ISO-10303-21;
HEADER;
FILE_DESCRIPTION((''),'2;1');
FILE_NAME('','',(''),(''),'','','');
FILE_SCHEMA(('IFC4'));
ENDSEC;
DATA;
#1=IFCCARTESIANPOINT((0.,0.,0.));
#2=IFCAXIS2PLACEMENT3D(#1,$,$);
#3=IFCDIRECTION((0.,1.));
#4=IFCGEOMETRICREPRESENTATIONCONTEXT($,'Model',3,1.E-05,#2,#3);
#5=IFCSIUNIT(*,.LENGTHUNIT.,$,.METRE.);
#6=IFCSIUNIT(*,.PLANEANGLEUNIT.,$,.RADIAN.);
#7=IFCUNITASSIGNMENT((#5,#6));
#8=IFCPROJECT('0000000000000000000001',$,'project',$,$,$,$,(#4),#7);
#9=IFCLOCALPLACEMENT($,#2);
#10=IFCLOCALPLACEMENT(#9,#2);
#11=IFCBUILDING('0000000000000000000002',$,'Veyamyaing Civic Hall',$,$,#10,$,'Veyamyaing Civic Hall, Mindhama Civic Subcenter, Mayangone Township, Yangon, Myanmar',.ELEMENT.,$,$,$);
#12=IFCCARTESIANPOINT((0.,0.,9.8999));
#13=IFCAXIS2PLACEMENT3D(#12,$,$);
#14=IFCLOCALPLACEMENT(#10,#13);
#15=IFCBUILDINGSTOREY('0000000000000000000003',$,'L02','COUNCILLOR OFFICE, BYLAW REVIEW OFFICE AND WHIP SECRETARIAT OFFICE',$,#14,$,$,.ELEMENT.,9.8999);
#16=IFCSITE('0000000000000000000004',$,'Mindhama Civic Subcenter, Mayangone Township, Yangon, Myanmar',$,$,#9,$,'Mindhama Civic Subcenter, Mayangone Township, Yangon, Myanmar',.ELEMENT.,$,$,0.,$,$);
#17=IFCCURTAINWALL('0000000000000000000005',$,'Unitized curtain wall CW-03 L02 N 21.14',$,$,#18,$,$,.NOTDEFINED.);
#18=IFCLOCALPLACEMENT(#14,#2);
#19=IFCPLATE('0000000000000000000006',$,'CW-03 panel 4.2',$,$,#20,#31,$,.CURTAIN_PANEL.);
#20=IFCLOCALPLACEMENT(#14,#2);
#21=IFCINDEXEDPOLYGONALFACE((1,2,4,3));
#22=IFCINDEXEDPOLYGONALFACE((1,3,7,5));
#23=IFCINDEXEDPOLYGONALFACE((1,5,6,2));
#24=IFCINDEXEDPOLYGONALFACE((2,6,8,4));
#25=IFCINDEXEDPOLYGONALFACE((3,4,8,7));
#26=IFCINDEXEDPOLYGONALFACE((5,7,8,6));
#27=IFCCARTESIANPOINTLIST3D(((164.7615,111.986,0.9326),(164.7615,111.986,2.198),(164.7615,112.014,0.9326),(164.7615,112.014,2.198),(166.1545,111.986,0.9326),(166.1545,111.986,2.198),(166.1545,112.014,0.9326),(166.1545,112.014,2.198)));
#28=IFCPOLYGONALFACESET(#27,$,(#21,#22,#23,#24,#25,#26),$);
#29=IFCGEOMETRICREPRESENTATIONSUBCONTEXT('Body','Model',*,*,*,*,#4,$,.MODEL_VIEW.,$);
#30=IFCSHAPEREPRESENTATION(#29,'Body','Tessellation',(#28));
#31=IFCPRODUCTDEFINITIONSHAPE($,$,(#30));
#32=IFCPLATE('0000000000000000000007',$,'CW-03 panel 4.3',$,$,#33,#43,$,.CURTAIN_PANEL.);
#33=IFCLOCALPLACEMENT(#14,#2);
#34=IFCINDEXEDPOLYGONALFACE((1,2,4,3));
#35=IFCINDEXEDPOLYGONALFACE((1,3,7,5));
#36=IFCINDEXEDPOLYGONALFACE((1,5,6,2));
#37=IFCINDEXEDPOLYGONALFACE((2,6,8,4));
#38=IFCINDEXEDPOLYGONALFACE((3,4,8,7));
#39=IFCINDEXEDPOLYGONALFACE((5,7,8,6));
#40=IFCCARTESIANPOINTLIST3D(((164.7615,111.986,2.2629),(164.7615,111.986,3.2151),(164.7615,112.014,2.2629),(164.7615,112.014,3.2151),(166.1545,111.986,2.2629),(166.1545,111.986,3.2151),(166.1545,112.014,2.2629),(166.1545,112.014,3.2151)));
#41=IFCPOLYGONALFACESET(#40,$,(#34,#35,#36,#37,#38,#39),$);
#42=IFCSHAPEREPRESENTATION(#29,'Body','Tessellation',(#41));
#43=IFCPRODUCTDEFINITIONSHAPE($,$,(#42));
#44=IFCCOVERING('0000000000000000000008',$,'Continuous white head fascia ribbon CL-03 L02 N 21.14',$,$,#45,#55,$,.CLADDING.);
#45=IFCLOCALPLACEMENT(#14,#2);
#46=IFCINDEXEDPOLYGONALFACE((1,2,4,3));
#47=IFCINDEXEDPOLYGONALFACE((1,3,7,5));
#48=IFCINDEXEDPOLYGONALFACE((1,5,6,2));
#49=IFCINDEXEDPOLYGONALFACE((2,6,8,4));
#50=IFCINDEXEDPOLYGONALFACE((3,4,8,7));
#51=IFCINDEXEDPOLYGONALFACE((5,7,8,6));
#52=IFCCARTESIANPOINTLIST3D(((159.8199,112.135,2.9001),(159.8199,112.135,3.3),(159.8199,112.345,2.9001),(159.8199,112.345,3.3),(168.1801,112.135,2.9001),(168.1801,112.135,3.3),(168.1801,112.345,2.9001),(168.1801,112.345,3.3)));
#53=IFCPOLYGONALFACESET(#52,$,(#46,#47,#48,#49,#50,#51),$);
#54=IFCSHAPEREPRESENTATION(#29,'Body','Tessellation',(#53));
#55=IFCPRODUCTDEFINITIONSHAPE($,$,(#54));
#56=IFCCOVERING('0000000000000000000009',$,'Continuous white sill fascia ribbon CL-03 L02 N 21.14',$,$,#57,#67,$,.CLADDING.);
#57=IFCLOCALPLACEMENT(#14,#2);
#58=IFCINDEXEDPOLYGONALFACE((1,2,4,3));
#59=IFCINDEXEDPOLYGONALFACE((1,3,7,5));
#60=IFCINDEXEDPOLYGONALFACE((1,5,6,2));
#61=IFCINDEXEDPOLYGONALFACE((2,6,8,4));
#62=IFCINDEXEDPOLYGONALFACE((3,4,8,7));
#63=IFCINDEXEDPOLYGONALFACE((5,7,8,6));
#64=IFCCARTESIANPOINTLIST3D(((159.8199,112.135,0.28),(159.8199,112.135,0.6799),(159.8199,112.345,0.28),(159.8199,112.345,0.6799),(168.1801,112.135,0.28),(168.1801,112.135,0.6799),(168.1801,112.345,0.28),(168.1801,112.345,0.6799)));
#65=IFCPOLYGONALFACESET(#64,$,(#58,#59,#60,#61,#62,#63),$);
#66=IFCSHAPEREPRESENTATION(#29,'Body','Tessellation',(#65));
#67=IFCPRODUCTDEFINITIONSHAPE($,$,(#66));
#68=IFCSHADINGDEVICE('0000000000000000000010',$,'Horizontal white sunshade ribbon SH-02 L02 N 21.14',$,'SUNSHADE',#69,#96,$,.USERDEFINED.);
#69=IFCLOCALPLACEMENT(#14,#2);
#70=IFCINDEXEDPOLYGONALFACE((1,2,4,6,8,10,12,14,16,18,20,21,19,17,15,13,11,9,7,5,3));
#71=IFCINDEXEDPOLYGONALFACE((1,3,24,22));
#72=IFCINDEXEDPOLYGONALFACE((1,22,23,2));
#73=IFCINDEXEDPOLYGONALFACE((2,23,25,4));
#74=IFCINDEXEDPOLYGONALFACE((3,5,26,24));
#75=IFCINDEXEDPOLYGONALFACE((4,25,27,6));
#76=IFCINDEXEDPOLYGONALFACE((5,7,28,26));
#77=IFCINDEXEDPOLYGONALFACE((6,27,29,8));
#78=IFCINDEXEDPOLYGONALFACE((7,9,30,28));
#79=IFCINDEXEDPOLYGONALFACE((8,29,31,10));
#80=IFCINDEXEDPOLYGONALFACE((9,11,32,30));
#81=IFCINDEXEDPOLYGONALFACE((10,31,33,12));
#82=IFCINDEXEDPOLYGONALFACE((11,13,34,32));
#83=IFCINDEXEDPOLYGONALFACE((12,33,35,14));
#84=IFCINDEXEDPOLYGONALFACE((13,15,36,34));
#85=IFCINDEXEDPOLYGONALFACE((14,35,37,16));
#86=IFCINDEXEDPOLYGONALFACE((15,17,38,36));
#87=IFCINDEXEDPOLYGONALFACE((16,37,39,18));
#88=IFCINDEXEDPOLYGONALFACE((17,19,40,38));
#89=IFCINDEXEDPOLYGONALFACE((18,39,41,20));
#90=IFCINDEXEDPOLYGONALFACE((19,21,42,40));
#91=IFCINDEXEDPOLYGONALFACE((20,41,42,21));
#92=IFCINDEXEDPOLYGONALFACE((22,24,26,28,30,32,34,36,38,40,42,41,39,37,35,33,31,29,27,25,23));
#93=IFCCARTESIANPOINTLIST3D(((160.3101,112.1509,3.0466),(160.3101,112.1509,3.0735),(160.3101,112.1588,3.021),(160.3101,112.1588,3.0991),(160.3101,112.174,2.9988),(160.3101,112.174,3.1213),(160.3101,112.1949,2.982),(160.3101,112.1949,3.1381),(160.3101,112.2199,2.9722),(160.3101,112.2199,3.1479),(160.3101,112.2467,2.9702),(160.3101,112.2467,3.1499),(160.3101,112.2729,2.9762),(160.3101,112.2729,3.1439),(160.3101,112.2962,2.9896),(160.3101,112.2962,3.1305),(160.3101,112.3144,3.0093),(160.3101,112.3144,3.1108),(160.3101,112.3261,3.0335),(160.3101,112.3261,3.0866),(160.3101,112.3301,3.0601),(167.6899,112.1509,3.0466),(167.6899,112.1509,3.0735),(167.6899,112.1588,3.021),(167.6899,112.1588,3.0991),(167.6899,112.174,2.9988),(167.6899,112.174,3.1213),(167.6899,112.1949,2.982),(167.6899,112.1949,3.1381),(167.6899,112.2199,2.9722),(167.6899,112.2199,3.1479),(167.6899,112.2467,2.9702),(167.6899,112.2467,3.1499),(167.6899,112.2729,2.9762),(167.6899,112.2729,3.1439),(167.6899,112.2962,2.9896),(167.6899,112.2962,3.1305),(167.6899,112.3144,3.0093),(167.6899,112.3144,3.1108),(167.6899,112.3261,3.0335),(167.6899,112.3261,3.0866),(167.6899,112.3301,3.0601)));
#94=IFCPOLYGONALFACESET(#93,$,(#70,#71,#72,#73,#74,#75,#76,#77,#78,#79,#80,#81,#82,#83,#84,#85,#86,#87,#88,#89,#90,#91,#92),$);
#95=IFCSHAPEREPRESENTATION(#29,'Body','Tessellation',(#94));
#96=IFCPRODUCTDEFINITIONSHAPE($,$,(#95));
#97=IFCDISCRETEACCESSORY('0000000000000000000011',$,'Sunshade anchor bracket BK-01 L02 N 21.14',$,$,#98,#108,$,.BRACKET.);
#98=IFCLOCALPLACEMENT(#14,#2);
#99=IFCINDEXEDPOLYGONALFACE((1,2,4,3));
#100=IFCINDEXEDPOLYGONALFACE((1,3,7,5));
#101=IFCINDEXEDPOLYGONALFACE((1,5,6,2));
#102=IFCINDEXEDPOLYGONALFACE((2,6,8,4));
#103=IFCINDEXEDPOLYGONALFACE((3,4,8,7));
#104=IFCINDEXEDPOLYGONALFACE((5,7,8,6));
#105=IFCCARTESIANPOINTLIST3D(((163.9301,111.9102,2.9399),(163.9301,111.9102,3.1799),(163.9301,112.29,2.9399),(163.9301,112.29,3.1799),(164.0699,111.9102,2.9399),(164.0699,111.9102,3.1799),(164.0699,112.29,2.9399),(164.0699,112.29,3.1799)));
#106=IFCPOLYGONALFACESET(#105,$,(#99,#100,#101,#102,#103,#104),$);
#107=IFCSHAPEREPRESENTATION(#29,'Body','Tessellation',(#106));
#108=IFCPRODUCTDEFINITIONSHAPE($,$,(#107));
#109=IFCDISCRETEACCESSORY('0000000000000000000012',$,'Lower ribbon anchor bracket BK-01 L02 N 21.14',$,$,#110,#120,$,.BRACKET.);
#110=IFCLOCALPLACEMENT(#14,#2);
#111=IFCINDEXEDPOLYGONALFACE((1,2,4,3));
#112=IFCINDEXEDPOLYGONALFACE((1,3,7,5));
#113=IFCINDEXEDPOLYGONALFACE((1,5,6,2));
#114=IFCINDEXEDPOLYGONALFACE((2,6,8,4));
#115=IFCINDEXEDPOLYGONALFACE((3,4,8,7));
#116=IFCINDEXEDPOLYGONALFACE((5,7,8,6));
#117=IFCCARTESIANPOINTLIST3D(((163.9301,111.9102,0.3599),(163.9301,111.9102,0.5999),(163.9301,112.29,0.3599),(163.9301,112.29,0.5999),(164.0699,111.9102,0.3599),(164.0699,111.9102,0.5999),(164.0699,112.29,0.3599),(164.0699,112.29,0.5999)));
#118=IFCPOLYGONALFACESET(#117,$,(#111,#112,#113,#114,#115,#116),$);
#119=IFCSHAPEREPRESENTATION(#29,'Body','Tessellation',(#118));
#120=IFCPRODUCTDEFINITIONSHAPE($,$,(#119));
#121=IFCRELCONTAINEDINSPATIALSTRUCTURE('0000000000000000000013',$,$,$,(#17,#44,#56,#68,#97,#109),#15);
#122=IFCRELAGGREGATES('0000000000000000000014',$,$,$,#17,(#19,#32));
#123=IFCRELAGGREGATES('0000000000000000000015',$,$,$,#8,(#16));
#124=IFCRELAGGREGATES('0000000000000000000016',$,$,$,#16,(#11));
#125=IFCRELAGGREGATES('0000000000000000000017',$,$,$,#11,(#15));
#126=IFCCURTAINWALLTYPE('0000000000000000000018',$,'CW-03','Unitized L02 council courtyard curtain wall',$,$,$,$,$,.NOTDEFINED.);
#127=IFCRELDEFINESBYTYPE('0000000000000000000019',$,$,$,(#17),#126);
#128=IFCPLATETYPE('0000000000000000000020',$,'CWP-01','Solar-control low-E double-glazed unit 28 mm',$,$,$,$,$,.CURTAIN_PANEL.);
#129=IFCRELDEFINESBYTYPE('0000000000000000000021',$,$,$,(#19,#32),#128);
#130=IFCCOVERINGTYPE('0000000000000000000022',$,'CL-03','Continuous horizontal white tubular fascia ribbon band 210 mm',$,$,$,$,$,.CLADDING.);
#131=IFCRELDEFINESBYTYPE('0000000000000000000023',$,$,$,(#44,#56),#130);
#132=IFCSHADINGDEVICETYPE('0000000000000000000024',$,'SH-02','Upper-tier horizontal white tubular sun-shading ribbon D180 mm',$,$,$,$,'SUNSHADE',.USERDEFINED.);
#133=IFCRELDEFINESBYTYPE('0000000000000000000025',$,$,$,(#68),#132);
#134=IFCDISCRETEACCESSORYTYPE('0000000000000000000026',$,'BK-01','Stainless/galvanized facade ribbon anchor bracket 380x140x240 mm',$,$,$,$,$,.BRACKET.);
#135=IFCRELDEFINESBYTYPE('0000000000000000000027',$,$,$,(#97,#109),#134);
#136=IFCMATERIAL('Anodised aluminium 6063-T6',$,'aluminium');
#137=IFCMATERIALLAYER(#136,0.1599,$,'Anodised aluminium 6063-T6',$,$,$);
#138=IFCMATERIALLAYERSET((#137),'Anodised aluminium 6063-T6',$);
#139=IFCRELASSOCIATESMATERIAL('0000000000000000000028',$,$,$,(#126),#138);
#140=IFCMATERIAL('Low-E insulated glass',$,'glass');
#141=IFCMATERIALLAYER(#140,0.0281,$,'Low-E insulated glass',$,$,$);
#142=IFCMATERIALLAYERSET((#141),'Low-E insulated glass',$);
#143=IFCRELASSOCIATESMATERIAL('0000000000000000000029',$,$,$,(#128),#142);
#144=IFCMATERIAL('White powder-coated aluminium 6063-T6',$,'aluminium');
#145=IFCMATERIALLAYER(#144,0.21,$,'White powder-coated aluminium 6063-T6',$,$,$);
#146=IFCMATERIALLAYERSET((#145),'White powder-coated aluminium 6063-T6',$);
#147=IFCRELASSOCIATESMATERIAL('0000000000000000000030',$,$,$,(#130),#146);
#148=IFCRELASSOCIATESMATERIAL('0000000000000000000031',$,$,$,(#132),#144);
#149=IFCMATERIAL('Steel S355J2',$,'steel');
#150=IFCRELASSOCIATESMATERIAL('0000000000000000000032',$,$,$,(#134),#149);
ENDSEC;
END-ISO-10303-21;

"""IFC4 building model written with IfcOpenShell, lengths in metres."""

from ifc_helpers import new_model, si_unit, direction, frame, origin, origin_2d, place, context, subcontext, project, spatial, rectangle, circle, extrude, material, layer, layer_set, material_profile, profile_set, type_object, element, aggregate, save


model = new_model("IFC4")

# Units and contexts
model_context = context("Model", 3, precision=1e-05, world=origin(), true_north=direction((0.0, 1.0)))
body_context = subcontext(model_context, "Body", "Model", "MODEL_VIEW")
ifc_project = project(units=[si_unit("LENGTHUNIT", "METRE"), si_unit("PLANEANGLEUNIT", "RADIAN")], contexts=[model_context])

# Site, building, storey
site_placement = place(None, origin())
site = spatial("IfcSite", under=ifc_project, at=site_placement, Name="Mindhama Civic Subcenter, Mayangone Township, Yangon, Myanmar", LongName="Mindhama Civic Subcenter, Mayangone Township, Yangon, Myanmar", CompositionType="ELEMENT", RefElevation=0.0)
building_placement = place(site_placement, origin())
building = spatial("IfcBuilding", under=site, at=building_placement, Name="Veyamyaing Civic Hall", LongName="Veyamyaing Civic Hall, Mindhama Civic Subcenter, Mayangone Township, Yangon, Myanmar", CompositionType="ELEMENT")
storey_placement = place(building_placement, frame((0.0, 0.0, 9.8999)))
storey = spatial("IfcBuildingStorey", under=building, at=storey_placement, Name="L02", Description="COUNCILLOR OFFICE, BYLAW REVIEW OFFICE AND WHIP SECRETARIAT OFFICE", CompositionType="ELEMENT", Elevation=9.8999)

# Curtain wall, plates
ifc_material_1 = material(Name="Anodised aluminium 6063-T6", Category="aluminium")
ifc_layer_1 = layer(ifc_material_1, 0.1599, Name="Anodised aluminium 6063-T6")
ifc_layer_set_1 = layer_set([ifc_layer_1], Name="Anodised aluminium 6063-T6")
curtain_wall_type = type_object("IfcCurtainWallType", Name="CW-03", Description="Unitized L02 council courtyard curtain wall", PredefinedType="NOTDEFINED", material=ifc_layer_set_1)
curtain_wall_placement = place(storey_placement, origin())
curtain_wall = element("IfcCurtainWall", 1, at=curtain_wall_placement, inside=storey, type_object=curtain_wall_type, Name="Unitized curtain wall CW-03 L02 N 21.14", PredefinedType="NOTDEFINED")
ifc_material_2 = material(Name="Low-E insulated glass", Category="glass")
ifc_layer_2 = layer(ifc_material_2, 0.0281, Name="Low-E insulated glass")
ifc_layer_set_2 = layer_set([ifc_layer_2], Name="Low-E insulated glass")
plate_type = type_object("IfcPlateType", Name="CWP-01", Description="Solar-control low-E double-glazed unit 28 mm", PredefinedType="CURTAIN_PANEL", material=ifc_layer_set_2)
plate_1_placement = place(storey_placement, frame((165.458, 112.0, 0.9326), z_axis=(0.0, 0.0, 1.0), x_axis=(1.0, 0.0, 0.0)))
plate_1 = element("IfcPlate", 2, at=plate_1_placement, type_object=plate_type, Name="CW-03 panel 4.2", PredefinedType="CURTAIN_PANEL", context=body_context, shape_type="SweptSolid", body=[
    extrude(rectangle(XDim=1.3931, YDim=0.0281, at=origin_2d()), origin(), (0.0, 0.0, 1.0), 1.2654),
])
plate_2_placement = place(storey_placement, frame((165.458, 112.0, 2.2629), z_axis=(0.0, 0.0, 1.0), x_axis=(1.0, 0.0, 0.0)))
plate_2 = element("IfcPlate", 3, at=plate_2_placement, type_object=plate_type, Name="CW-03 panel 4.3", PredefinedType="CURTAIN_PANEL", context=body_context, shape_type="SweptSolid", body=[
    extrude(rectangle(XDim=1.3931, YDim=0.0281, at=origin_2d()), origin(), (0.0, 0.0, 1.0), 0.9521),
])
aggregate(curtain_wall, [plate_1, plate_2])

# Coverings
ifc_material_3 = material(Name="White powder-coated aluminium 6063-T6", Category="aluminium")
ifc_layer_3 = layer(ifc_material_3, 0.21, Name="White powder-coated aluminium 6063-T6")
ifc_layer_set_3 = layer_set([ifc_layer_3], Name="White powder-coated aluminium 6063-T6")
covering_type = type_object("IfcCoveringType", Name="CL-03", Description="Continuous horizontal white tubular fascia ribbon band 210 mm", PredefinedType="CLADDING", material=ifc_layer_set_3)
for number, where, z_axis, x_axis, name in (
    (4, (164.0, 112.24, 2.9001), (0.0, 0.0, 1.0), (1.0, 0.0, 0.0), "Continuous white head fascia ribbon CL-03 L02 N 21.14"),
    (5, (164.0, 112.24, 0.28), (0.0, 0.0, 1.0), (1.0, 0.0, 0.0), "Continuous white sill fascia ribbon CL-03 L02 N 21.14"),
):
    element("IfcCovering", number, at=place(storey_placement, frame(where, z_axis=z_axis, x_axis=x_axis)), inside=storey, type_object=covering_type, Name=name, PredefinedType="CLADDING", context=body_context, shape_type="SweptSolid", body=[
        extrude(rectangle(XDim=8.3601, YDim=0.21, at=origin_2d()), origin(), (0.0, 0.0, 1.0), 0.3999),
    ])

# Shading device
ifc_material_profile_1 = material_profile(ifc_material_3, circle(Radius=0.0901, at=origin_2d()), Name="SHADE-TUBE-180")
ifc_profile_set_1 = profile_set([ifc_material_profile_1], Name="White powder-coated aluminium 6063-T6")
shading_device_type = type_object("IfcShadingDeviceType", Name="SH-02", Description="Upper-tier horizontal white tubular sun-shading ribbon D180 mm", ElementType="SUNSHADE", PredefinedType="USERDEFINED", material=ifc_profile_set_1)
shading_device_placement = place(storey_placement, frame((160.3101, 112.24, 3.0601), z_axis=(1.0, 0.0, 0.0), x_axis=(0.0, 1.0, 0.0)))
element("IfcShadingDevice", 6, at=shading_device_placement, inside=storey, type_object=shading_device_type, Name="Horizontal white sunshade ribbon SH-02 L02 N 21.14", ObjectType="SUNSHADE", PredefinedType="USERDEFINED", context=body_context, shape_type="SweptSolid", body=[
    extrude(circle(Radius=0.0901, at=origin_2d()), origin(), (0.0, 0.0, 1.0), 7.3799),
])

# Discrete accessories
ifc_material_4 = material(Name="Steel S355J2", Category="steel")
discrete_accessory_type = type_object("IfcDiscreteAccessoryType", Name="BK-01", Description="Stainless/galvanized facade ribbon anchor bracket 380x140x240 mm", PredefinedType="BRACKET", material=ifc_material_4)
for number, where, z_axis, x_axis, name in (
    (7, (164.0, 112.1001, 2.9399), (0.0, 0.0, 1.0), (0.0, 1.0, 0.0), "Sunshade anchor bracket BK-01 L02 N 21.14"),
    (8, (164.0, 112.1001, 0.3599), (0.0, 0.0, 1.0), (0.0, 1.0, 0.0), "Lower ribbon anchor bracket BK-01 L02 N 21.14"),
):
    element("IfcDiscreteAccessory", number, at=place(storey_placement, frame(where, z_axis=z_axis, x_axis=x_axis)), inside=storey, type_object=discrete_accessory_type, Name=name, PredefinedType="BRACKET", context=body_context, shape_type="SweptSolid", body=[
        extrude(rectangle(XDim=0.3799, YDim=0.1399, at=origin_2d()), origin(), (0.0, 0.0, 1.0), 0.24),
    ])

save(model, "model.ifc")
